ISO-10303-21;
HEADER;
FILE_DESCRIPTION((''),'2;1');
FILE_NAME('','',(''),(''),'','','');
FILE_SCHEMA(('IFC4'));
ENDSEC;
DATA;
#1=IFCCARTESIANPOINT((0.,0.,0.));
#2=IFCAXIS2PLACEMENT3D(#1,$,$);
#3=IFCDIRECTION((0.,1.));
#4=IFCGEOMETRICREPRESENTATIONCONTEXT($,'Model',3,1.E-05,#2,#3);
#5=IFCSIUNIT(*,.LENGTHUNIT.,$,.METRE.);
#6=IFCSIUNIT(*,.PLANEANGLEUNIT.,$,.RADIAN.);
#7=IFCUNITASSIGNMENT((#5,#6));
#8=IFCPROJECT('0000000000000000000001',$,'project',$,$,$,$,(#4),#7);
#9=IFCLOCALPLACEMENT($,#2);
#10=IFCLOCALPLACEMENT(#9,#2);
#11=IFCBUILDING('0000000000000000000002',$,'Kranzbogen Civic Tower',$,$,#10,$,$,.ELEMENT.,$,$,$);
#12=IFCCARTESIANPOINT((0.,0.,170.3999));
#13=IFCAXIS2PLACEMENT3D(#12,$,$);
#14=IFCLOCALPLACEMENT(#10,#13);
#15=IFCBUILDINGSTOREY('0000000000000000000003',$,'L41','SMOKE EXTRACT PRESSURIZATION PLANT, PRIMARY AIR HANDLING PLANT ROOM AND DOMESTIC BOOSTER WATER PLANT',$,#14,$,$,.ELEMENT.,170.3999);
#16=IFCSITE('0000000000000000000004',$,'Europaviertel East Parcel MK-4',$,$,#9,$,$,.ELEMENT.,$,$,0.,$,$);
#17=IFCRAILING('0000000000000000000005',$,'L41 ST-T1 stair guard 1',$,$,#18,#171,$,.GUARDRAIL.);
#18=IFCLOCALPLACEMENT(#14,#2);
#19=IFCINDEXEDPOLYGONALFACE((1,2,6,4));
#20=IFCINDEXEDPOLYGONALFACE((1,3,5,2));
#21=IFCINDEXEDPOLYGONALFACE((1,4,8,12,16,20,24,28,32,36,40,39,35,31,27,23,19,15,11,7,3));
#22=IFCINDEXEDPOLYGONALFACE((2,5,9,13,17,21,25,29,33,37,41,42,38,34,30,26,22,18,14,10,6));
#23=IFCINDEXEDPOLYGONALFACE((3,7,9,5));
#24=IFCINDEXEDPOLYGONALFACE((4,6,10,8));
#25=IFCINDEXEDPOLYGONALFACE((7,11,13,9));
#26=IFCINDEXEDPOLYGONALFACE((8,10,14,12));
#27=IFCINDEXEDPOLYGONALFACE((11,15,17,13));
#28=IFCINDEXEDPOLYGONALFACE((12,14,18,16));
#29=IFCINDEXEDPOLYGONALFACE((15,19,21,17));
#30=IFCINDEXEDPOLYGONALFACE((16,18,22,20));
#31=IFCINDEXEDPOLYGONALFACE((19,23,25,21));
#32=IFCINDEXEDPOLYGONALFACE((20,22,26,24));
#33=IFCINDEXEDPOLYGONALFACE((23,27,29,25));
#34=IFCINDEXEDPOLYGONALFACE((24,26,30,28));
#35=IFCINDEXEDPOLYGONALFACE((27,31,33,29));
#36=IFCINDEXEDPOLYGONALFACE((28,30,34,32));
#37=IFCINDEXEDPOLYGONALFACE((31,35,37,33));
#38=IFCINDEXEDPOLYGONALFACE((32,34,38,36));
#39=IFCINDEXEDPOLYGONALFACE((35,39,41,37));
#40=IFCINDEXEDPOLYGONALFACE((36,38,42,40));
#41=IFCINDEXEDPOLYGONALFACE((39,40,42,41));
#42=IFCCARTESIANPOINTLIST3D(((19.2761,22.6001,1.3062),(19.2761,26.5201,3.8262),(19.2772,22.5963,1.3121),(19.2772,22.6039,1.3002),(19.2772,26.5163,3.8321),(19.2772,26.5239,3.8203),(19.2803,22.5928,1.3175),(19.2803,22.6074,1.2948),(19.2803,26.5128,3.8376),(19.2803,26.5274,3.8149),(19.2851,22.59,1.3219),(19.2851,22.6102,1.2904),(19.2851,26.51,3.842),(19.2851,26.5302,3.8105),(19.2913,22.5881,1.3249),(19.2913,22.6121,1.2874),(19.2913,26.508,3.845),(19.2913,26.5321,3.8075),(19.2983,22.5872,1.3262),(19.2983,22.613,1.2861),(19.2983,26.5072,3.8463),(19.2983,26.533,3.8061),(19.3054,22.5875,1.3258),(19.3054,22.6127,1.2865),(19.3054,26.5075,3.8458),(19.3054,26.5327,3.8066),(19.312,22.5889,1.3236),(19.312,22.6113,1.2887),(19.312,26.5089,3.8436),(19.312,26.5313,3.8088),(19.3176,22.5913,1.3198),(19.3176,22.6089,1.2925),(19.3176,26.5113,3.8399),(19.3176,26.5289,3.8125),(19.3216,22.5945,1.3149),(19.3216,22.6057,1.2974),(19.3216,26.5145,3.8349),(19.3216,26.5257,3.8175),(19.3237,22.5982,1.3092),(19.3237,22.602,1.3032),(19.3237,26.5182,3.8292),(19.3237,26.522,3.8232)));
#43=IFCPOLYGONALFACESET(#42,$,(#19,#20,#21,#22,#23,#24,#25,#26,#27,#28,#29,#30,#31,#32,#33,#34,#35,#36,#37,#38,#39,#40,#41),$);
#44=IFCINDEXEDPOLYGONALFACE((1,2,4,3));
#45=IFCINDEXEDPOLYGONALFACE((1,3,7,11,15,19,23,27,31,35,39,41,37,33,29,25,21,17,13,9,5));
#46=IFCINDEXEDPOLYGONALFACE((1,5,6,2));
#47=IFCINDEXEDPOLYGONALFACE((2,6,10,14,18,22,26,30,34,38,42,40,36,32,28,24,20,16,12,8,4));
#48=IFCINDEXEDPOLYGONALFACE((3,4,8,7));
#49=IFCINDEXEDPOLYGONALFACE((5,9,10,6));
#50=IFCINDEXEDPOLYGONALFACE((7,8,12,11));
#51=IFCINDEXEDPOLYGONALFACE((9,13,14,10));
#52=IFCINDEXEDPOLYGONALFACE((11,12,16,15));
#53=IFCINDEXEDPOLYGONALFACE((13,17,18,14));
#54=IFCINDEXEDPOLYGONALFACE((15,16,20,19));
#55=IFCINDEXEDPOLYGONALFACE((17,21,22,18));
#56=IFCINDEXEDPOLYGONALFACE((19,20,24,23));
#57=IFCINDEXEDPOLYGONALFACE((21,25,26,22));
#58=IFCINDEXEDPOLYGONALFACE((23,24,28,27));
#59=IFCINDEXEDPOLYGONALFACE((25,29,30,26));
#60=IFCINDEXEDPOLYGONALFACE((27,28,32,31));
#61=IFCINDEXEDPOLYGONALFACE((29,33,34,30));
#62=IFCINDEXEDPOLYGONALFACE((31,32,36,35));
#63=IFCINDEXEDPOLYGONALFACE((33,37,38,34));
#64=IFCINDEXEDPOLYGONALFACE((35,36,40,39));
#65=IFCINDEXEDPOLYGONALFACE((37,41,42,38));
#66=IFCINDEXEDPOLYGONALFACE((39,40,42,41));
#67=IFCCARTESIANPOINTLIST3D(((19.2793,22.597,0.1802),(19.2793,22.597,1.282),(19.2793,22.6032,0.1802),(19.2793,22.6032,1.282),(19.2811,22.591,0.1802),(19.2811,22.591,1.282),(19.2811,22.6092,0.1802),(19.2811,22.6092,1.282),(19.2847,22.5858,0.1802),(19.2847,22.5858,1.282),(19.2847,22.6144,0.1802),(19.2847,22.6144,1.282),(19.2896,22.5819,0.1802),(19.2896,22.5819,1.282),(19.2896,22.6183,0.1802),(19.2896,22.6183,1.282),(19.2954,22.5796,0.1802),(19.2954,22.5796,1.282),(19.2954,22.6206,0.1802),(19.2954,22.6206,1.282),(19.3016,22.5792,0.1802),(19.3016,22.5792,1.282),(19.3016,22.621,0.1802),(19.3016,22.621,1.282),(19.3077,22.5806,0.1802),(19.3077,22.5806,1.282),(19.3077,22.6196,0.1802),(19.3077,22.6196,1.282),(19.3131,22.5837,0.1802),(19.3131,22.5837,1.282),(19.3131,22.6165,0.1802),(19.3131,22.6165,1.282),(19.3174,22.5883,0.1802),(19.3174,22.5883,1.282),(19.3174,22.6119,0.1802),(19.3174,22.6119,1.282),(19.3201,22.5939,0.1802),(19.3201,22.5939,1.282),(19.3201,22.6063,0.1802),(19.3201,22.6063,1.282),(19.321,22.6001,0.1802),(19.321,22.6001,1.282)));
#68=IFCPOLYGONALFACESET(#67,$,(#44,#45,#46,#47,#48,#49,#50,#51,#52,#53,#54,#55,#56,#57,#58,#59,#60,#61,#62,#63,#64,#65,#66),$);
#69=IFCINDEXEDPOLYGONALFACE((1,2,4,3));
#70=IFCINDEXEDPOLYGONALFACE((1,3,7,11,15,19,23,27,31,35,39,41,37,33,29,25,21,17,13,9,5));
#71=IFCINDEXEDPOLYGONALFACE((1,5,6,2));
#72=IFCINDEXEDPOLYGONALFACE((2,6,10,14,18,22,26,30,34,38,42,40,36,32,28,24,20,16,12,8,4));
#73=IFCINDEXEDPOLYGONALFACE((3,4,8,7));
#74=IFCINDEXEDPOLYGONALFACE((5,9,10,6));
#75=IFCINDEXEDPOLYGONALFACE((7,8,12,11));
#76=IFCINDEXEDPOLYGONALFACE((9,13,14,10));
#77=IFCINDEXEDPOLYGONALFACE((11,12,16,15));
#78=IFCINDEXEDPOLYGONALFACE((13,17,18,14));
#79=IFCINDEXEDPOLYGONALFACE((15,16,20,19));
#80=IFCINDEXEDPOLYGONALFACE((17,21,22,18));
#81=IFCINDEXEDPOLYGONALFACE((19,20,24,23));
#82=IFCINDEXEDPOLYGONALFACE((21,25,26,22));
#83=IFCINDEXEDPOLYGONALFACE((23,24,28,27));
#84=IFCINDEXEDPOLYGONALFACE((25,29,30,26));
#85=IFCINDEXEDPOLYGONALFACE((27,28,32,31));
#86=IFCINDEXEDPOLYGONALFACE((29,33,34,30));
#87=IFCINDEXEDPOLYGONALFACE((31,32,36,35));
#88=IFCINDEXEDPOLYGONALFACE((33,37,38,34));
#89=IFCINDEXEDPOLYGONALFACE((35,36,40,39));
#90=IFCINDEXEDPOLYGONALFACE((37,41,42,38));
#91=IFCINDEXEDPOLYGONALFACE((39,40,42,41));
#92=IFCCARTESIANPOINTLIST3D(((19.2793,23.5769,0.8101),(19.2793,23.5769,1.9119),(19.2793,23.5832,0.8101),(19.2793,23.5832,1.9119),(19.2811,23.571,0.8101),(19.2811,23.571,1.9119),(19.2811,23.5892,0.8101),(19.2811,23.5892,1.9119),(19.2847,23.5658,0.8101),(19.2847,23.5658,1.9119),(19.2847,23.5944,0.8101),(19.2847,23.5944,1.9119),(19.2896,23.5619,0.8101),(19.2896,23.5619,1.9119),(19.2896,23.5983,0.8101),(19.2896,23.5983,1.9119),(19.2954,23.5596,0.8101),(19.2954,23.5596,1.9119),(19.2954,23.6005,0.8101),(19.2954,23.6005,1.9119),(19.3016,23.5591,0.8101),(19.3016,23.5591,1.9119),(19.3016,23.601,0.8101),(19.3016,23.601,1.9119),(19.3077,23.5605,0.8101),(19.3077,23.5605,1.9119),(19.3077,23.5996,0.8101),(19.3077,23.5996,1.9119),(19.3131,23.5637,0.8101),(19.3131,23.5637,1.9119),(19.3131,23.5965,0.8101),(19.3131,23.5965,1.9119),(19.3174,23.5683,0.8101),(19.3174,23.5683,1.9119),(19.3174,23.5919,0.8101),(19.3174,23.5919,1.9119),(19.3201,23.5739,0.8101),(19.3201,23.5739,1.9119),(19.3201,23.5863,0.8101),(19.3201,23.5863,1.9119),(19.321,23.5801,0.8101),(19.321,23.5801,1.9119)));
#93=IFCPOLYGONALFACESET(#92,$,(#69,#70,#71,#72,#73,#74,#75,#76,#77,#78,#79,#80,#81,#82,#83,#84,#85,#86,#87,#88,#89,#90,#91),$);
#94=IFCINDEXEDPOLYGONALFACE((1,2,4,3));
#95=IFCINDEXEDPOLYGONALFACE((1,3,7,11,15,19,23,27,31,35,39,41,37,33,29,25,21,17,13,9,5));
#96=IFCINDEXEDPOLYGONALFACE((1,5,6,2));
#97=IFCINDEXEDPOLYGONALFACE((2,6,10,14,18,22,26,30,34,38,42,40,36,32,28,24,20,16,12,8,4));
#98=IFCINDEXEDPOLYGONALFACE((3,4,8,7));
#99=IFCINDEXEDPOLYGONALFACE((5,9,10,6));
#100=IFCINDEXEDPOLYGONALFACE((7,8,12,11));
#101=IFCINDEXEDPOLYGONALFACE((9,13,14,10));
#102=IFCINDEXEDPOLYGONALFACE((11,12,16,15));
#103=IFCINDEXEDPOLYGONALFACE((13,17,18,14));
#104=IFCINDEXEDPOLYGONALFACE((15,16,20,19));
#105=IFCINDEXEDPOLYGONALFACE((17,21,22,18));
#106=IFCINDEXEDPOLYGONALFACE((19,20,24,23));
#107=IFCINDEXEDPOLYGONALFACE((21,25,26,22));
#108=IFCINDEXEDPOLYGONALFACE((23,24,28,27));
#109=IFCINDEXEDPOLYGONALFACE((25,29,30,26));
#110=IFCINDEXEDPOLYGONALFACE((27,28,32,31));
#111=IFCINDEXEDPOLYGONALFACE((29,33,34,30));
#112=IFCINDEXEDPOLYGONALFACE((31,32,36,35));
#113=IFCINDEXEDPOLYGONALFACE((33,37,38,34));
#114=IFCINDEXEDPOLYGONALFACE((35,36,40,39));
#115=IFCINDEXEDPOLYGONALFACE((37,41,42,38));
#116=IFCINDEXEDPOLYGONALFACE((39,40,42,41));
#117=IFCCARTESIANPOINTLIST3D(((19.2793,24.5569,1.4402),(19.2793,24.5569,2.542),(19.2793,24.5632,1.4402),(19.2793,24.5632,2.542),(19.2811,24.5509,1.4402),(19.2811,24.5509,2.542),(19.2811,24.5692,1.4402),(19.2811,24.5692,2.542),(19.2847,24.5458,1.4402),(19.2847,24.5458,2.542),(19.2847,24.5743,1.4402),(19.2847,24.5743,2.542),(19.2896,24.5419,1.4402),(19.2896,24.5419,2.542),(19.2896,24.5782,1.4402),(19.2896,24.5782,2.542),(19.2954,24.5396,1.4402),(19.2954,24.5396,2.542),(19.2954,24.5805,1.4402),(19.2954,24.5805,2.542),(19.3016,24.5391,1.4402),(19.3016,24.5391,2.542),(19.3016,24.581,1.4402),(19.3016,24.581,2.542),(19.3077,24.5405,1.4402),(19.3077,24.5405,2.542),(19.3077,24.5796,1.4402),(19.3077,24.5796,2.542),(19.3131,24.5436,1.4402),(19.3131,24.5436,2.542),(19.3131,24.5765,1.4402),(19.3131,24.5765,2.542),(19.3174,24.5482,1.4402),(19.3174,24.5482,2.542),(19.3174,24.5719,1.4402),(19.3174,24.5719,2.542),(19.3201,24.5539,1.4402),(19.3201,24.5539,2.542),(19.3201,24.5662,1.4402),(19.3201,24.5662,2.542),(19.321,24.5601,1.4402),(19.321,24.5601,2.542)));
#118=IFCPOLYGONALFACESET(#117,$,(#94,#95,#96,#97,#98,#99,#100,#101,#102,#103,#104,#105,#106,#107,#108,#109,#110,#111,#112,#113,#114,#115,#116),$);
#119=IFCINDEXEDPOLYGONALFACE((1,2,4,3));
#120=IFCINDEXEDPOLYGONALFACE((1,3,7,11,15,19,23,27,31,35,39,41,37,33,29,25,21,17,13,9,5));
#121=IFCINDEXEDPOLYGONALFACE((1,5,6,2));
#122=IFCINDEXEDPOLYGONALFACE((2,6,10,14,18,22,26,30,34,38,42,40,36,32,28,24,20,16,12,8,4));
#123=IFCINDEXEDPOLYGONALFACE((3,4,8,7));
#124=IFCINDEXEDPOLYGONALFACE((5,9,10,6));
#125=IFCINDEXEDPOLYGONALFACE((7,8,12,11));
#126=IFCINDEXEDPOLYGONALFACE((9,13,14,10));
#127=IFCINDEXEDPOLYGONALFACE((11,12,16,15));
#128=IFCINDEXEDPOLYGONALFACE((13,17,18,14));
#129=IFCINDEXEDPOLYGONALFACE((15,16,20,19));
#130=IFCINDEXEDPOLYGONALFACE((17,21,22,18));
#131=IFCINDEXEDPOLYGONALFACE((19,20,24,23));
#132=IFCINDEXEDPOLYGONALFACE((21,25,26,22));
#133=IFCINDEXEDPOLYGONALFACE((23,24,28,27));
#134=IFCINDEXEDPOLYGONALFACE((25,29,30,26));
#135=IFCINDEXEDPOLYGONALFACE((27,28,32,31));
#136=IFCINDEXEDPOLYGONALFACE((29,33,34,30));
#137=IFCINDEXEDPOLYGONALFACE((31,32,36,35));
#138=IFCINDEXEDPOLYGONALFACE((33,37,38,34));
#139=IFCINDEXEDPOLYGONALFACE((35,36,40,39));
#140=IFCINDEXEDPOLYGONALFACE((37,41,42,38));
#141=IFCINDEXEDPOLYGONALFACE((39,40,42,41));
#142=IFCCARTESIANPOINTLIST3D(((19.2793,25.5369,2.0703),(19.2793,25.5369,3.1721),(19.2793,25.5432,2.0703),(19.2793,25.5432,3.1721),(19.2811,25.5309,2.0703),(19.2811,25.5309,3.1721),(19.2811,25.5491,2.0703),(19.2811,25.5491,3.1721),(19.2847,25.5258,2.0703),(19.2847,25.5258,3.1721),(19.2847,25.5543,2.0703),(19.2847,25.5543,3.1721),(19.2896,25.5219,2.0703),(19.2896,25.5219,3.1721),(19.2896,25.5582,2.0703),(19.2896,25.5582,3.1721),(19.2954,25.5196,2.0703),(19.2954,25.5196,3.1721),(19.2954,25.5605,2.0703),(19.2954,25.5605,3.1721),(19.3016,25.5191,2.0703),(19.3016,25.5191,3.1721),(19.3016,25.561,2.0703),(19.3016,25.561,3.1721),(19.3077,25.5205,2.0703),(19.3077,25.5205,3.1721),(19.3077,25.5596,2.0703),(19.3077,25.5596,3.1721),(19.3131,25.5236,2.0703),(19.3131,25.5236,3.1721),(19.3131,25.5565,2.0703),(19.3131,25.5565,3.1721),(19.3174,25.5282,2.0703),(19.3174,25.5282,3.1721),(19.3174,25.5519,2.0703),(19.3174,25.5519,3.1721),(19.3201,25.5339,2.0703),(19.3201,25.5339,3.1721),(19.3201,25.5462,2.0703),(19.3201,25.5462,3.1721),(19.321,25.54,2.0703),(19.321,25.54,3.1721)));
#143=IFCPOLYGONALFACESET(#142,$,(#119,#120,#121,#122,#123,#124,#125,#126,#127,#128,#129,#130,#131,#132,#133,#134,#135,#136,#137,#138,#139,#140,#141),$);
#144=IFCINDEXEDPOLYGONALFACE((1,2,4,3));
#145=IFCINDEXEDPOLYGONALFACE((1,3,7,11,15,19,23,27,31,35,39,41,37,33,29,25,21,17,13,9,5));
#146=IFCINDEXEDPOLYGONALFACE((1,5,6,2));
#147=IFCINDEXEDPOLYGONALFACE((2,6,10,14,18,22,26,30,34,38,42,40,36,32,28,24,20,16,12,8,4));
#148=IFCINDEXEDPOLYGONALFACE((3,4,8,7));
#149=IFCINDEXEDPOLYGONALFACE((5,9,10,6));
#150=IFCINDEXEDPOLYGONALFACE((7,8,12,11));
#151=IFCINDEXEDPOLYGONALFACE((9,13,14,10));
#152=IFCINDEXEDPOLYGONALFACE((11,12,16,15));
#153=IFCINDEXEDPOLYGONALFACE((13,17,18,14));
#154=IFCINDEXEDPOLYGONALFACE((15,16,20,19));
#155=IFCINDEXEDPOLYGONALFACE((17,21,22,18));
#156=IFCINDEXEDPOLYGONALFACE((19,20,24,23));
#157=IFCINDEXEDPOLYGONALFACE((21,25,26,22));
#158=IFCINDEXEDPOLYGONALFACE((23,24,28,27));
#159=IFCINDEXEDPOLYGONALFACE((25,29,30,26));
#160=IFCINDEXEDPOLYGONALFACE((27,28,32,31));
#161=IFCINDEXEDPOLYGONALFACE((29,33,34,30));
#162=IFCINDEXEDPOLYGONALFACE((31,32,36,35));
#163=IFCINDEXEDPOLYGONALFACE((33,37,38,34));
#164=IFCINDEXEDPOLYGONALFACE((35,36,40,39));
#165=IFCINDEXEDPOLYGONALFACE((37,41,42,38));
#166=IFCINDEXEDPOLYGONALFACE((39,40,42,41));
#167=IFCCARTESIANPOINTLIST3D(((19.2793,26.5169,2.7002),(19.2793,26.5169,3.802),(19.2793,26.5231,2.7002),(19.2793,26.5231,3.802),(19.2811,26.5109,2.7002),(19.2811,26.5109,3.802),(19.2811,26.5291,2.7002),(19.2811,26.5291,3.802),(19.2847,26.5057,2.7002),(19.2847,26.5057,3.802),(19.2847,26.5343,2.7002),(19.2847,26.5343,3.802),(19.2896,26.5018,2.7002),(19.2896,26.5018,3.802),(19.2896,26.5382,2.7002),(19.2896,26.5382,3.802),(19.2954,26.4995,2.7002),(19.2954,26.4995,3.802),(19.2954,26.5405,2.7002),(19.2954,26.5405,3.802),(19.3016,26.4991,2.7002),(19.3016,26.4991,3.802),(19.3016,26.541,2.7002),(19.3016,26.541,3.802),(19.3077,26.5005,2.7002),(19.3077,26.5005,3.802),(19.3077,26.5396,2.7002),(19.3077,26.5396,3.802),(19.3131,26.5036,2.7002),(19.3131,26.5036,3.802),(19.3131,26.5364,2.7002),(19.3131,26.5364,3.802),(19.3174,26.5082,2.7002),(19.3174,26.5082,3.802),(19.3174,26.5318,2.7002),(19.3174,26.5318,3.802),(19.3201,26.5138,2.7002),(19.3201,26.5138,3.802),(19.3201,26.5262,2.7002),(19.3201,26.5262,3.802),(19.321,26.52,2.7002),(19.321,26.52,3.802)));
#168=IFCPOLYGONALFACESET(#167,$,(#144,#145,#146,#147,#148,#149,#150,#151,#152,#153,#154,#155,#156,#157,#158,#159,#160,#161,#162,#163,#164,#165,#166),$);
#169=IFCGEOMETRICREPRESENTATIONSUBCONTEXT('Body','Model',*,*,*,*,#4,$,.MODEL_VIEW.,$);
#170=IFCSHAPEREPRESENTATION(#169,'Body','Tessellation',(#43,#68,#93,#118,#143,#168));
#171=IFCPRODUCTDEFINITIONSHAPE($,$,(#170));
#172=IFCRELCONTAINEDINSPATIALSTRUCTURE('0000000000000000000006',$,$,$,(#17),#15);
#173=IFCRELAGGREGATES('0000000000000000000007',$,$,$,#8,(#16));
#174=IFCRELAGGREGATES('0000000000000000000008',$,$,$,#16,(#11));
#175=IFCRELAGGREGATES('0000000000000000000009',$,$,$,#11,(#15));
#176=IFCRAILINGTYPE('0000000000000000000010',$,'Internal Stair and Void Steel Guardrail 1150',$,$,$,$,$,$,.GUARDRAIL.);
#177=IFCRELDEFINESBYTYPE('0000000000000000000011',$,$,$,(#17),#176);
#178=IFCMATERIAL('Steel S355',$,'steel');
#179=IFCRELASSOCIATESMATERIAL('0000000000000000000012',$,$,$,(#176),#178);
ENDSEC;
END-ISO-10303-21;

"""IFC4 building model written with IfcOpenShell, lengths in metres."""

from ifc_helpers import new_model, si_unit, direction, frame, origin, origin_2d, place, context, subcontext, project, spatial, circle, extrude, material, type_object, element, save


model = new_model("IFC4")

# Units and contexts
model_context = context("Model", 3, precision=1e-05, world=origin(), true_north=direction((0.0, 1.0)))
body_context = subcontext(model_context, "Body", "Model", "MODEL_VIEW")
ifc_project = project(units=[si_unit("LENGTHUNIT", "METRE"), si_unit("PLANEANGLEUNIT", "RADIAN")], contexts=[model_context])

# Site, building, storey
site_placement = place(None, origin())
site = spatial("IfcSite", under=ifc_project, at=site_placement, Name="Europaviertel East Parcel MK-4", CompositionType="ELEMENT", RefElevation=0.0)
building_placement = place(site_placement, origin())
building = spatial("IfcBuilding", under=site, at=building_placement, Name="Kranzbogen Civic Tower", CompositionType="ELEMENT")
storey_placement = place(building_placement, frame((0.0, 0.0, 170.3999)))
storey = spatial("IfcBuildingStorey", under=building, at=storey_placement, Name="L41", Description="SMOKE EXTRACT PRESSURIZATION PLANT, PRIMARY AIR HANDLING PLANT ROOM AND DOMESTIC BOOSTER WATER PLANT", CompositionType="ELEMENT", Elevation=170.3999)

# Shared definitions
ifc_material_1 = material(Name="Steel S355", Category="steel")

# Railing
railing_type_1 = type_object("IfcRailingType", Name="Internal Stair and Void Steel Guardrail 1150", PredefinedType="GUARDRAIL", material=ifc_material_1)
railing_1_placement = place(storey_placement, frame((19.3, 22.6001, 0.1802)))
element("IfcRailing", 1, at=railing_1_placement, inside=storey, type_object=railing_type_1, Name="L41 ST-T1 stair guard 1", PredefinedType="GUARDRAIL", context=body_context, shape_type="SweptSolid", body=[
    extrude(circle(Radius=0.0239, at=origin_2d()), frame((0.0, 0.0, 1.126), z_axis=(0.0, 0.841172, 0.540768), x_axis=(-1.0, 0.0, 0.0)), (0.0, 0.0, 1.0), 4.6602),
    extrude(circle(Radius=0.021, at=origin_2d()), origin(), (0.0, 0.0, 1.0), 1.1018),
    extrude(circle(Radius=0.021, at=origin_2d()), frame((0.0, 0.98, 0.6299)), (0.0, 0.0, 1.0), 1.1018),
    extrude(circle(Radius=0.021, at=origin_2d()), frame((0.0, 1.96, 1.26)), (0.0, 0.0, 1.0), 1.1018),
    extrude(circle(Radius=0.021, at=origin_2d()), frame((0.0, 2.9399, 1.8901)), (0.0, 0.0, 1.0), 1.1018),
    extrude(circle(Radius=0.021, at=origin_2d()), frame((0.0, 3.9199, 2.52)), (0.0, 0.0, 1.0), 1.1018),
])

save(model, "model.ifc")
